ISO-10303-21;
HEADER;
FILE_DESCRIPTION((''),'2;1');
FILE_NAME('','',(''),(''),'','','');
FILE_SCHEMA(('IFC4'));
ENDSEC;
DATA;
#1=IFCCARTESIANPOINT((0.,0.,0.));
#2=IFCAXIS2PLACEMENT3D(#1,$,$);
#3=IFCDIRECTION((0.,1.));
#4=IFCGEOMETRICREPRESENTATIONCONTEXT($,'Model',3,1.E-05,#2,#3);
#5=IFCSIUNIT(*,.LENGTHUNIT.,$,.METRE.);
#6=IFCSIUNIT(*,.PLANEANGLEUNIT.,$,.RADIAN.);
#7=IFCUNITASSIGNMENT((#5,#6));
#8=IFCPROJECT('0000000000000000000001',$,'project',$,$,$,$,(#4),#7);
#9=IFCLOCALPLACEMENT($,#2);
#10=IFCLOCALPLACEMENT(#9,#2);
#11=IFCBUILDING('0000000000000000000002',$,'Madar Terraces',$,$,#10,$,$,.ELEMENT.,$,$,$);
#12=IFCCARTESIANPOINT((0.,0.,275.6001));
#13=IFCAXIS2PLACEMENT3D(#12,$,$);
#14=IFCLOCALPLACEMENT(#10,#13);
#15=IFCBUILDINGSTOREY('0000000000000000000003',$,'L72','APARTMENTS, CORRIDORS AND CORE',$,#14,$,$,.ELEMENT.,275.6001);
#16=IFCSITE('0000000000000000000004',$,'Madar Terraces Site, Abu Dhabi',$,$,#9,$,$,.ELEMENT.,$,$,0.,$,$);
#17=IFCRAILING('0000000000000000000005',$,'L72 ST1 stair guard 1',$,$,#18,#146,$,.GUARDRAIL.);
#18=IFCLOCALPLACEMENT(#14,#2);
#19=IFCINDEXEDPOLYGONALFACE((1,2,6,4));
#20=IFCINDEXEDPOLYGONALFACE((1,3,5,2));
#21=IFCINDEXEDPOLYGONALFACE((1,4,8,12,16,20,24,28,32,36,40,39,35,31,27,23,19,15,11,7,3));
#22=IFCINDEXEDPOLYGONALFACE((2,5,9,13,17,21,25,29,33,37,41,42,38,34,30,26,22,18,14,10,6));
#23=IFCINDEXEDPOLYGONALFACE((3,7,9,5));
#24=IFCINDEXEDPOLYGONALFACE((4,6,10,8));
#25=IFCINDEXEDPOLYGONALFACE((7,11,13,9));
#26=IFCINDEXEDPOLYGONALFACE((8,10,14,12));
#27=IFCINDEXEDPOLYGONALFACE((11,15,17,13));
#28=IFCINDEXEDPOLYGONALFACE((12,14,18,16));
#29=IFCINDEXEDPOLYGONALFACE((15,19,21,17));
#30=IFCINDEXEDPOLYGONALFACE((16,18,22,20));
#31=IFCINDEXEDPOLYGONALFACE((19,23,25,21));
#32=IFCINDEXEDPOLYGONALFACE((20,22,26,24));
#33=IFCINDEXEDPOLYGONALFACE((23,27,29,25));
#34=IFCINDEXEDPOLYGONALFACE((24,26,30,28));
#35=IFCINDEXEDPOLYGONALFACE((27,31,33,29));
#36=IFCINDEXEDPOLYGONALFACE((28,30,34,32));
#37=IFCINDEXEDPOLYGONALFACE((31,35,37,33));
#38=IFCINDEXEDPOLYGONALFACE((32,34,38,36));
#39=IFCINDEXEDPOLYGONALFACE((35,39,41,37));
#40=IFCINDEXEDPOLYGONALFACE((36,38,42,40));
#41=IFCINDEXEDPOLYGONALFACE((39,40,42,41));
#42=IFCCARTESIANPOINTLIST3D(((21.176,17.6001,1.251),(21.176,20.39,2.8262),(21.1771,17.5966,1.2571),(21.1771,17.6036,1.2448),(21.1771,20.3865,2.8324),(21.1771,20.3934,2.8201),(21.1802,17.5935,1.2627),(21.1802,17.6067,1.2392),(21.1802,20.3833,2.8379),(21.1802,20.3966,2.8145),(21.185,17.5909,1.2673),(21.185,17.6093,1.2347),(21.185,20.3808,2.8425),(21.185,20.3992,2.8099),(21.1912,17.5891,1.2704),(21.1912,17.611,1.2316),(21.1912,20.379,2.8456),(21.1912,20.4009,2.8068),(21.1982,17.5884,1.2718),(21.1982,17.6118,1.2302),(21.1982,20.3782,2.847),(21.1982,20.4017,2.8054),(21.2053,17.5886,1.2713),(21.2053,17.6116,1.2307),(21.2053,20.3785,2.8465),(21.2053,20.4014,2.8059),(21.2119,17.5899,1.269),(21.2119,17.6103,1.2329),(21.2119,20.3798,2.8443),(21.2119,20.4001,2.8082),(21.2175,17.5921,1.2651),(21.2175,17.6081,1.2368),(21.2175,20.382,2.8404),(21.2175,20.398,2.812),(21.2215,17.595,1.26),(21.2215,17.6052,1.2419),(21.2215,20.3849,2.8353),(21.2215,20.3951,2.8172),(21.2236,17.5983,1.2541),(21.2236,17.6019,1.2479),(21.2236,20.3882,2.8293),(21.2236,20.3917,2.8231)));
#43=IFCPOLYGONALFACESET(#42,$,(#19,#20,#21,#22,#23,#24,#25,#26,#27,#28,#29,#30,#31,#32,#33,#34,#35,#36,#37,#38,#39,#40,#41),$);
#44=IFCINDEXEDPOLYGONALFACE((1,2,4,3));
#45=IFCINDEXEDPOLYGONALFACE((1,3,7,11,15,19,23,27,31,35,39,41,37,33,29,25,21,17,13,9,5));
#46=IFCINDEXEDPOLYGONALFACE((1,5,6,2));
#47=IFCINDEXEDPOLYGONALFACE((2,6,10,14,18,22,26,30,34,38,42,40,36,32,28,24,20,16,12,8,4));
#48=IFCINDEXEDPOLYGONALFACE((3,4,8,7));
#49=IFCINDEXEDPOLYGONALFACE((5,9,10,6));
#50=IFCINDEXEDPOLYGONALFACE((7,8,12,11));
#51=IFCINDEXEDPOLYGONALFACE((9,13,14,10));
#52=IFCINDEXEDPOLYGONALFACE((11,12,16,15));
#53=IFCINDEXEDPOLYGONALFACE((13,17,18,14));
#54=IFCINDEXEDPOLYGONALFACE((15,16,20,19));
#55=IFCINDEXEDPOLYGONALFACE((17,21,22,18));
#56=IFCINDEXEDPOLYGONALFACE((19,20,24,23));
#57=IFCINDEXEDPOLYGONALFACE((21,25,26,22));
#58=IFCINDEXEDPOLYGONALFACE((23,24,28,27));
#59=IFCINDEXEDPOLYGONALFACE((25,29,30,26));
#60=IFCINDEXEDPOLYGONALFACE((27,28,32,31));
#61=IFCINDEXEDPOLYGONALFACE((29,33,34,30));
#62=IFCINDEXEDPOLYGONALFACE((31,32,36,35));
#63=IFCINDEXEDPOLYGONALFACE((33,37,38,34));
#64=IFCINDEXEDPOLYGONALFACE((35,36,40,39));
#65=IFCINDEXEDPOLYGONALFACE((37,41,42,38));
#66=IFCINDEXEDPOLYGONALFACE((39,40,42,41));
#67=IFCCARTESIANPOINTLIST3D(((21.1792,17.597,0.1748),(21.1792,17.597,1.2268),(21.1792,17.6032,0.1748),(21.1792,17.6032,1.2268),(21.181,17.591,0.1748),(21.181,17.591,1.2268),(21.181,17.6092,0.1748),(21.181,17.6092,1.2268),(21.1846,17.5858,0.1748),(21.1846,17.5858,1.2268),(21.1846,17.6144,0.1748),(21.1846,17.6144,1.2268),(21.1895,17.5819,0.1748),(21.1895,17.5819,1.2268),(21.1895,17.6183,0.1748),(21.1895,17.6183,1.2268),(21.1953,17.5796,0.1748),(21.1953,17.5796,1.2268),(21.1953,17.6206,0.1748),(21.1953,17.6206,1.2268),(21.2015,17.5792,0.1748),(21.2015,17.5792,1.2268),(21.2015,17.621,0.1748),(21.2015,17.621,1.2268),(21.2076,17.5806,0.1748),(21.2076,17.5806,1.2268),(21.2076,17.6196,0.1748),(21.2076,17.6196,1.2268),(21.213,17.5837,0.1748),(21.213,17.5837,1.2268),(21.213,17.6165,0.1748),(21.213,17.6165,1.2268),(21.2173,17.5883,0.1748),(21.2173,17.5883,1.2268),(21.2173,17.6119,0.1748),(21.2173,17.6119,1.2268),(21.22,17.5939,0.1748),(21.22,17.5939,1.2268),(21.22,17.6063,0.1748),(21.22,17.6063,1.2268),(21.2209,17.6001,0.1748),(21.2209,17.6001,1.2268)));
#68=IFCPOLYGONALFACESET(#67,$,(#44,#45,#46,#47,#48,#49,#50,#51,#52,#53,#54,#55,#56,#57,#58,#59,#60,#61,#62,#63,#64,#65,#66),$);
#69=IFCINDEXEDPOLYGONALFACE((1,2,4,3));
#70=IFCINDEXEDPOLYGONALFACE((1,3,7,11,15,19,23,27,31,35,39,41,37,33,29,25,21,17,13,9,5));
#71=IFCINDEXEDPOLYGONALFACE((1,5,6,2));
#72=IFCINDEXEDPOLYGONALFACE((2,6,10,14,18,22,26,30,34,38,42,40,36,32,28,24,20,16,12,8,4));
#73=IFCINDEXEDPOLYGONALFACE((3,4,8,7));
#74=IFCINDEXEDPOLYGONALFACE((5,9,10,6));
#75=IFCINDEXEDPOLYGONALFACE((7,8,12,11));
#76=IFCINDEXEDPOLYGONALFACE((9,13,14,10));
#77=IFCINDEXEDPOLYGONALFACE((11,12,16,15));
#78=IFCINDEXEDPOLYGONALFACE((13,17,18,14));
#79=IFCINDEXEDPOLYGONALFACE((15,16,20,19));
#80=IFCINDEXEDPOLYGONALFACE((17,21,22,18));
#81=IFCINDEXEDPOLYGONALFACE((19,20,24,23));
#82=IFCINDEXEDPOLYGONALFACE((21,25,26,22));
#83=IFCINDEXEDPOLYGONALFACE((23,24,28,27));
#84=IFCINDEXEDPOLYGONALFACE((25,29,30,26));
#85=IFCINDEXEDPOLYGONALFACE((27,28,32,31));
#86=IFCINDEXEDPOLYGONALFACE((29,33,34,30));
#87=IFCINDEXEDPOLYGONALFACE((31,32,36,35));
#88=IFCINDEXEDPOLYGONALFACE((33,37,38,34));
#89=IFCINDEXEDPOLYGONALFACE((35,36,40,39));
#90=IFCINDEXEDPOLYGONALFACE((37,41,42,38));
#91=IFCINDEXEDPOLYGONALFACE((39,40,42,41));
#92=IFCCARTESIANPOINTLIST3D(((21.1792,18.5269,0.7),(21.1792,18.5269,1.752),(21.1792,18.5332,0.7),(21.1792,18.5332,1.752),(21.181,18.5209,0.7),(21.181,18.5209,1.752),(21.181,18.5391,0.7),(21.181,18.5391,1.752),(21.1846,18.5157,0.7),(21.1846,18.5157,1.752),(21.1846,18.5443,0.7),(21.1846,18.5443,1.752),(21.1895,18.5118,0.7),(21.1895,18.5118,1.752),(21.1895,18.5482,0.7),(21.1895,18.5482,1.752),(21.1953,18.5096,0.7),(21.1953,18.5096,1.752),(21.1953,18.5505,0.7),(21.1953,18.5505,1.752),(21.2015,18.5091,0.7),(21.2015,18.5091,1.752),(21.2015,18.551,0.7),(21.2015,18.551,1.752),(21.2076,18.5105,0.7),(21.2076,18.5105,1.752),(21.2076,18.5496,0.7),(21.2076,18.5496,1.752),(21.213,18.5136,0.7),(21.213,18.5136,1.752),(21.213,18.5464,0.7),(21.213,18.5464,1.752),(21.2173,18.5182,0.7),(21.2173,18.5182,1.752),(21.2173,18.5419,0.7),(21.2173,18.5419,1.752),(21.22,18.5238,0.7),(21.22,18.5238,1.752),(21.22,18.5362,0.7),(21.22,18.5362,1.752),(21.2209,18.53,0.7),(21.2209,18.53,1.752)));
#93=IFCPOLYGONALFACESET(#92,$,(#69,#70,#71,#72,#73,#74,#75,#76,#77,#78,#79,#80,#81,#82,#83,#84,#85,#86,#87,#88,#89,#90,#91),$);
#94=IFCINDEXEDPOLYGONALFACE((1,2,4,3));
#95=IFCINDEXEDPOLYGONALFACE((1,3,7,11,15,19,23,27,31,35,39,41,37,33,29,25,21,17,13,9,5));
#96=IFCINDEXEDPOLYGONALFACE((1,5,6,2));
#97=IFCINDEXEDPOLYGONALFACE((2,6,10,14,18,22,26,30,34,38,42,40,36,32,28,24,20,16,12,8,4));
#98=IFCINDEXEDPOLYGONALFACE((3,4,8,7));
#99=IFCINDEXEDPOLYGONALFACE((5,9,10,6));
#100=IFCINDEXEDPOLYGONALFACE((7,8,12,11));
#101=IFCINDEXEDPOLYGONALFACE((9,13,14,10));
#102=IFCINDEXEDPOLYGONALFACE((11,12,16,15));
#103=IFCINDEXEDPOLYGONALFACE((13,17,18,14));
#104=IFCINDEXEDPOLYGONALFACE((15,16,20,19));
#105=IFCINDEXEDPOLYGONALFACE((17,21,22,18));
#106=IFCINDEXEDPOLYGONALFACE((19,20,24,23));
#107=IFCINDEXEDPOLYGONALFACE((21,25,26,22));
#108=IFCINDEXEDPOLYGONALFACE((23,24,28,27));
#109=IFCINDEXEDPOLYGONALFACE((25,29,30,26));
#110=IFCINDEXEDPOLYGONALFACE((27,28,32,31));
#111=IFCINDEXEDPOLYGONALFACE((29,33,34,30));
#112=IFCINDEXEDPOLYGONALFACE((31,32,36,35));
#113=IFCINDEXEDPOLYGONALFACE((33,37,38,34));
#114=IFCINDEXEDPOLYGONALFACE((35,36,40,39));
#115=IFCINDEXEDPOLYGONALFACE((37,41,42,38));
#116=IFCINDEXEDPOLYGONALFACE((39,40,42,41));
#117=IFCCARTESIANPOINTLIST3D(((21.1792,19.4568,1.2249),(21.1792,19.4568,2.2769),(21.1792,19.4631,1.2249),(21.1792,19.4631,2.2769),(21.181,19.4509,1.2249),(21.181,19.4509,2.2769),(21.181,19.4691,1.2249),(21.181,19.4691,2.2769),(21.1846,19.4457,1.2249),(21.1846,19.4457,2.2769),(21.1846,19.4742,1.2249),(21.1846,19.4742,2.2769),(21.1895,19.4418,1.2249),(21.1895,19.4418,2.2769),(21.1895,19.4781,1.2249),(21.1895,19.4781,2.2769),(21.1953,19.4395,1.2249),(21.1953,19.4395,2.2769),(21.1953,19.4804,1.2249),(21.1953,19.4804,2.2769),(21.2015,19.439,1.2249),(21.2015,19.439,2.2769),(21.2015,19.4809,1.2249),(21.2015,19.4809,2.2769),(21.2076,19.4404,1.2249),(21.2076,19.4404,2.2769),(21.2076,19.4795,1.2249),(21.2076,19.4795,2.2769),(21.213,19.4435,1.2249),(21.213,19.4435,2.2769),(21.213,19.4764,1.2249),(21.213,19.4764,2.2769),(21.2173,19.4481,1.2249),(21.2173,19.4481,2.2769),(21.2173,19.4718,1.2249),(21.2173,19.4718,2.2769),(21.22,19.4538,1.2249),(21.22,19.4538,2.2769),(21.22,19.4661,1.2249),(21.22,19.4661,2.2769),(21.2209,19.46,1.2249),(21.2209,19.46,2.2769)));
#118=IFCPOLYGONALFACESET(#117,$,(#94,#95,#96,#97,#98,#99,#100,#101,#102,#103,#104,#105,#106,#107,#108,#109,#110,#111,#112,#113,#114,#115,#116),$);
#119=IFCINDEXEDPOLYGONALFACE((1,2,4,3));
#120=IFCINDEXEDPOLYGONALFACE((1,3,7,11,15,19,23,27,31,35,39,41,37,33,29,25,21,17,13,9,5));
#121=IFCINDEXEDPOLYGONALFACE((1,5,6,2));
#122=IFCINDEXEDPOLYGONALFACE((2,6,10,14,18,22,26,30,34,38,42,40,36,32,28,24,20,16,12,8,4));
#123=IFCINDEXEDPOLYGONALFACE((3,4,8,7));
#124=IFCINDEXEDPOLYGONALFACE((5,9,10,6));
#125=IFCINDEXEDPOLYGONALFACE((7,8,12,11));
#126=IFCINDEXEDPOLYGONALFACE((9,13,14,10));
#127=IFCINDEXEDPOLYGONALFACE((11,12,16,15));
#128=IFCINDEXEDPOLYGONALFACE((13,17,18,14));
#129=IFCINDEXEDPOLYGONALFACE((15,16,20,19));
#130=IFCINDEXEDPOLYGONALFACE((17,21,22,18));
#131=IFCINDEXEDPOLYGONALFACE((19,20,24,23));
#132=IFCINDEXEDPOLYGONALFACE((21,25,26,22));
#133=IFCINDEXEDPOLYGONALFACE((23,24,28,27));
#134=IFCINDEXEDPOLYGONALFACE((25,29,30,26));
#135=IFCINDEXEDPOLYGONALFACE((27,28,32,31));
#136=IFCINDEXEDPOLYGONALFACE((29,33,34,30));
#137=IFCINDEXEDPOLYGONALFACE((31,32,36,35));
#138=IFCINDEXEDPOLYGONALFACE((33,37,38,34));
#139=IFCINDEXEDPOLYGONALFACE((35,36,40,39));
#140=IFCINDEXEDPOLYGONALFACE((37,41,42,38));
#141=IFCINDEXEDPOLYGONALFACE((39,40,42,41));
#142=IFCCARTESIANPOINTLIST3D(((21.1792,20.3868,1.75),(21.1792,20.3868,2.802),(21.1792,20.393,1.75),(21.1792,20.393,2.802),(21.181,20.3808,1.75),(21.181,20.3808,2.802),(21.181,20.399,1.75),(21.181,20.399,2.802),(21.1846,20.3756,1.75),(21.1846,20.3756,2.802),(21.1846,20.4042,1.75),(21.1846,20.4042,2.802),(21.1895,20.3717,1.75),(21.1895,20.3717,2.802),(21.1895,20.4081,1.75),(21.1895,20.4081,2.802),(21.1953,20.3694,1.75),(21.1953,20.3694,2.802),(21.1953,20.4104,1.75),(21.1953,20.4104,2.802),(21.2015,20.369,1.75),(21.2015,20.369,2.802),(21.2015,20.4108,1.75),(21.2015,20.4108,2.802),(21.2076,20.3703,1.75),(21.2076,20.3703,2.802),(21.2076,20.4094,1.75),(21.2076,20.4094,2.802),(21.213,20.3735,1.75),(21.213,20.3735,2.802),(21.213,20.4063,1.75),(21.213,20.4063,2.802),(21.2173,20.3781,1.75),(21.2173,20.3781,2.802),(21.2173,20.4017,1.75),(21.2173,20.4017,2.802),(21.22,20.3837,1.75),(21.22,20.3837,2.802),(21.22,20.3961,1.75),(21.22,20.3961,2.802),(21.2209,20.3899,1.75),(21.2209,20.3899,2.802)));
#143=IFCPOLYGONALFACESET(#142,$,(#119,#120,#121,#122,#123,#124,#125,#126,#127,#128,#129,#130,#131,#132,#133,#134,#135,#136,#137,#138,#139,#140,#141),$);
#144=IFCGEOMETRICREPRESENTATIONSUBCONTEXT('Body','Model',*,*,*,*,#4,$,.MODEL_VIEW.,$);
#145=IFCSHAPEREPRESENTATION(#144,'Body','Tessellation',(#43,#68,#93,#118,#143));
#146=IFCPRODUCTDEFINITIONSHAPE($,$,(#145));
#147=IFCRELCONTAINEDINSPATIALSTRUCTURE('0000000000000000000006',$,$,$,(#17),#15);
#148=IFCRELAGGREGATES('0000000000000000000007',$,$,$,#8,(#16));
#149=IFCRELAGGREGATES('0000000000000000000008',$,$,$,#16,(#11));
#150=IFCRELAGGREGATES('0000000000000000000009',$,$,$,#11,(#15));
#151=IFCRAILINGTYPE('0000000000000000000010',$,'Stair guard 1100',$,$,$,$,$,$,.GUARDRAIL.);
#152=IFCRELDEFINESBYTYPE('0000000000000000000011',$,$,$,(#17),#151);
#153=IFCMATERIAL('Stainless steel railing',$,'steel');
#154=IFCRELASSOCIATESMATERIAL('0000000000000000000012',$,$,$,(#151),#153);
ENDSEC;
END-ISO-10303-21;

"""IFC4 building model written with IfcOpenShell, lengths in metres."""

from ifc_helpers import new_model, si_unit, direction, frame, origin, origin_2d, place, context, subcontext, project, spatial, circle, extrude, material, type_object, element, save


model = new_model("IFC4")

# Units and contexts
model_context = context("Model", 3, precision=1e-05, world=origin(), true_north=direction((0.0, 1.0)))
body_context = subcontext(model_context, "Body", "Model", "MODEL_VIEW")
ifc_project = project(units=[si_unit("LENGTHUNIT", "METRE"), si_unit("PLANEANGLEUNIT", "RADIAN")], contexts=[model_context])

# Site, building, storey
site_placement = place(None, origin())
site = spatial("IfcSite", under=ifc_project, at=site_placement, Name="Madar Terraces Site, Abu Dhabi", CompositionType="ELEMENT", RefElevation=0.0)
building_placement = place(site_placement, origin())
building = spatial("IfcBuilding", under=site, at=building_placement, Name="Madar Terraces", CompositionType="ELEMENT")
storey_placement = place(building_placement, frame((0.0, 0.0, 275.6001)))
storey = spatial("IfcBuildingStorey", under=building, at=storey_placement, Name="L72", Description="APARTMENTS, CORRIDORS AND CORE", CompositionType="ELEMENT", Elevation=275.6001)

# Railing
ifc_material_1 = material(Name="Stainless steel railing", Category="steel")
railing_type_1 = type_object("IfcRailingType", Name="Stair guard 1100", PredefinedType="GUARDRAIL", material=ifc_material_1)
railing_1_placement = place(storey_placement, frame((21.2, 17.6001, 0.1748)))
element("IfcRailing", 1, at=railing_1_placement, inside=storey, type_object=railing_type_1, Name="L72 ST1 stair guard 1", PredefinedType="GUARDRAIL", context=body_context, shape_type="SweptSolid", body=[
    extrude(circle(Radius=0.0239, at=origin_2d()), frame((0.0, 0.0, 1.0762), z_axis=(0.0, 0.870783, 0.491668), x_axis=(-1.0, 0.0, 0.0)), (0.0, 0.0, 1.0), 3.2039),
    extrude(circle(Radius=0.021, at=origin_2d()), origin(), (0.0, 0.0, 1.0), 1.052),
    extrude(circle(Radius=0.021, at=origin_2d()), frame((0.0, 0.9299, 0.5251)), (0.0, 0.0, 1.0), 1.052),
    extrude(circle(Radius=0.021, at=origin_2d()), frame((0.0, 1.8599, 1.05)), (0.0, 0.0, 1.0), 1.052),
    extrude(circle(Radius=0.021, at=origin_2d()), frame((0.0, 2.7898, 1.5752)), (0.0, 0.0, 1.0), 1.052),
])

save(model, "model.ifc")
